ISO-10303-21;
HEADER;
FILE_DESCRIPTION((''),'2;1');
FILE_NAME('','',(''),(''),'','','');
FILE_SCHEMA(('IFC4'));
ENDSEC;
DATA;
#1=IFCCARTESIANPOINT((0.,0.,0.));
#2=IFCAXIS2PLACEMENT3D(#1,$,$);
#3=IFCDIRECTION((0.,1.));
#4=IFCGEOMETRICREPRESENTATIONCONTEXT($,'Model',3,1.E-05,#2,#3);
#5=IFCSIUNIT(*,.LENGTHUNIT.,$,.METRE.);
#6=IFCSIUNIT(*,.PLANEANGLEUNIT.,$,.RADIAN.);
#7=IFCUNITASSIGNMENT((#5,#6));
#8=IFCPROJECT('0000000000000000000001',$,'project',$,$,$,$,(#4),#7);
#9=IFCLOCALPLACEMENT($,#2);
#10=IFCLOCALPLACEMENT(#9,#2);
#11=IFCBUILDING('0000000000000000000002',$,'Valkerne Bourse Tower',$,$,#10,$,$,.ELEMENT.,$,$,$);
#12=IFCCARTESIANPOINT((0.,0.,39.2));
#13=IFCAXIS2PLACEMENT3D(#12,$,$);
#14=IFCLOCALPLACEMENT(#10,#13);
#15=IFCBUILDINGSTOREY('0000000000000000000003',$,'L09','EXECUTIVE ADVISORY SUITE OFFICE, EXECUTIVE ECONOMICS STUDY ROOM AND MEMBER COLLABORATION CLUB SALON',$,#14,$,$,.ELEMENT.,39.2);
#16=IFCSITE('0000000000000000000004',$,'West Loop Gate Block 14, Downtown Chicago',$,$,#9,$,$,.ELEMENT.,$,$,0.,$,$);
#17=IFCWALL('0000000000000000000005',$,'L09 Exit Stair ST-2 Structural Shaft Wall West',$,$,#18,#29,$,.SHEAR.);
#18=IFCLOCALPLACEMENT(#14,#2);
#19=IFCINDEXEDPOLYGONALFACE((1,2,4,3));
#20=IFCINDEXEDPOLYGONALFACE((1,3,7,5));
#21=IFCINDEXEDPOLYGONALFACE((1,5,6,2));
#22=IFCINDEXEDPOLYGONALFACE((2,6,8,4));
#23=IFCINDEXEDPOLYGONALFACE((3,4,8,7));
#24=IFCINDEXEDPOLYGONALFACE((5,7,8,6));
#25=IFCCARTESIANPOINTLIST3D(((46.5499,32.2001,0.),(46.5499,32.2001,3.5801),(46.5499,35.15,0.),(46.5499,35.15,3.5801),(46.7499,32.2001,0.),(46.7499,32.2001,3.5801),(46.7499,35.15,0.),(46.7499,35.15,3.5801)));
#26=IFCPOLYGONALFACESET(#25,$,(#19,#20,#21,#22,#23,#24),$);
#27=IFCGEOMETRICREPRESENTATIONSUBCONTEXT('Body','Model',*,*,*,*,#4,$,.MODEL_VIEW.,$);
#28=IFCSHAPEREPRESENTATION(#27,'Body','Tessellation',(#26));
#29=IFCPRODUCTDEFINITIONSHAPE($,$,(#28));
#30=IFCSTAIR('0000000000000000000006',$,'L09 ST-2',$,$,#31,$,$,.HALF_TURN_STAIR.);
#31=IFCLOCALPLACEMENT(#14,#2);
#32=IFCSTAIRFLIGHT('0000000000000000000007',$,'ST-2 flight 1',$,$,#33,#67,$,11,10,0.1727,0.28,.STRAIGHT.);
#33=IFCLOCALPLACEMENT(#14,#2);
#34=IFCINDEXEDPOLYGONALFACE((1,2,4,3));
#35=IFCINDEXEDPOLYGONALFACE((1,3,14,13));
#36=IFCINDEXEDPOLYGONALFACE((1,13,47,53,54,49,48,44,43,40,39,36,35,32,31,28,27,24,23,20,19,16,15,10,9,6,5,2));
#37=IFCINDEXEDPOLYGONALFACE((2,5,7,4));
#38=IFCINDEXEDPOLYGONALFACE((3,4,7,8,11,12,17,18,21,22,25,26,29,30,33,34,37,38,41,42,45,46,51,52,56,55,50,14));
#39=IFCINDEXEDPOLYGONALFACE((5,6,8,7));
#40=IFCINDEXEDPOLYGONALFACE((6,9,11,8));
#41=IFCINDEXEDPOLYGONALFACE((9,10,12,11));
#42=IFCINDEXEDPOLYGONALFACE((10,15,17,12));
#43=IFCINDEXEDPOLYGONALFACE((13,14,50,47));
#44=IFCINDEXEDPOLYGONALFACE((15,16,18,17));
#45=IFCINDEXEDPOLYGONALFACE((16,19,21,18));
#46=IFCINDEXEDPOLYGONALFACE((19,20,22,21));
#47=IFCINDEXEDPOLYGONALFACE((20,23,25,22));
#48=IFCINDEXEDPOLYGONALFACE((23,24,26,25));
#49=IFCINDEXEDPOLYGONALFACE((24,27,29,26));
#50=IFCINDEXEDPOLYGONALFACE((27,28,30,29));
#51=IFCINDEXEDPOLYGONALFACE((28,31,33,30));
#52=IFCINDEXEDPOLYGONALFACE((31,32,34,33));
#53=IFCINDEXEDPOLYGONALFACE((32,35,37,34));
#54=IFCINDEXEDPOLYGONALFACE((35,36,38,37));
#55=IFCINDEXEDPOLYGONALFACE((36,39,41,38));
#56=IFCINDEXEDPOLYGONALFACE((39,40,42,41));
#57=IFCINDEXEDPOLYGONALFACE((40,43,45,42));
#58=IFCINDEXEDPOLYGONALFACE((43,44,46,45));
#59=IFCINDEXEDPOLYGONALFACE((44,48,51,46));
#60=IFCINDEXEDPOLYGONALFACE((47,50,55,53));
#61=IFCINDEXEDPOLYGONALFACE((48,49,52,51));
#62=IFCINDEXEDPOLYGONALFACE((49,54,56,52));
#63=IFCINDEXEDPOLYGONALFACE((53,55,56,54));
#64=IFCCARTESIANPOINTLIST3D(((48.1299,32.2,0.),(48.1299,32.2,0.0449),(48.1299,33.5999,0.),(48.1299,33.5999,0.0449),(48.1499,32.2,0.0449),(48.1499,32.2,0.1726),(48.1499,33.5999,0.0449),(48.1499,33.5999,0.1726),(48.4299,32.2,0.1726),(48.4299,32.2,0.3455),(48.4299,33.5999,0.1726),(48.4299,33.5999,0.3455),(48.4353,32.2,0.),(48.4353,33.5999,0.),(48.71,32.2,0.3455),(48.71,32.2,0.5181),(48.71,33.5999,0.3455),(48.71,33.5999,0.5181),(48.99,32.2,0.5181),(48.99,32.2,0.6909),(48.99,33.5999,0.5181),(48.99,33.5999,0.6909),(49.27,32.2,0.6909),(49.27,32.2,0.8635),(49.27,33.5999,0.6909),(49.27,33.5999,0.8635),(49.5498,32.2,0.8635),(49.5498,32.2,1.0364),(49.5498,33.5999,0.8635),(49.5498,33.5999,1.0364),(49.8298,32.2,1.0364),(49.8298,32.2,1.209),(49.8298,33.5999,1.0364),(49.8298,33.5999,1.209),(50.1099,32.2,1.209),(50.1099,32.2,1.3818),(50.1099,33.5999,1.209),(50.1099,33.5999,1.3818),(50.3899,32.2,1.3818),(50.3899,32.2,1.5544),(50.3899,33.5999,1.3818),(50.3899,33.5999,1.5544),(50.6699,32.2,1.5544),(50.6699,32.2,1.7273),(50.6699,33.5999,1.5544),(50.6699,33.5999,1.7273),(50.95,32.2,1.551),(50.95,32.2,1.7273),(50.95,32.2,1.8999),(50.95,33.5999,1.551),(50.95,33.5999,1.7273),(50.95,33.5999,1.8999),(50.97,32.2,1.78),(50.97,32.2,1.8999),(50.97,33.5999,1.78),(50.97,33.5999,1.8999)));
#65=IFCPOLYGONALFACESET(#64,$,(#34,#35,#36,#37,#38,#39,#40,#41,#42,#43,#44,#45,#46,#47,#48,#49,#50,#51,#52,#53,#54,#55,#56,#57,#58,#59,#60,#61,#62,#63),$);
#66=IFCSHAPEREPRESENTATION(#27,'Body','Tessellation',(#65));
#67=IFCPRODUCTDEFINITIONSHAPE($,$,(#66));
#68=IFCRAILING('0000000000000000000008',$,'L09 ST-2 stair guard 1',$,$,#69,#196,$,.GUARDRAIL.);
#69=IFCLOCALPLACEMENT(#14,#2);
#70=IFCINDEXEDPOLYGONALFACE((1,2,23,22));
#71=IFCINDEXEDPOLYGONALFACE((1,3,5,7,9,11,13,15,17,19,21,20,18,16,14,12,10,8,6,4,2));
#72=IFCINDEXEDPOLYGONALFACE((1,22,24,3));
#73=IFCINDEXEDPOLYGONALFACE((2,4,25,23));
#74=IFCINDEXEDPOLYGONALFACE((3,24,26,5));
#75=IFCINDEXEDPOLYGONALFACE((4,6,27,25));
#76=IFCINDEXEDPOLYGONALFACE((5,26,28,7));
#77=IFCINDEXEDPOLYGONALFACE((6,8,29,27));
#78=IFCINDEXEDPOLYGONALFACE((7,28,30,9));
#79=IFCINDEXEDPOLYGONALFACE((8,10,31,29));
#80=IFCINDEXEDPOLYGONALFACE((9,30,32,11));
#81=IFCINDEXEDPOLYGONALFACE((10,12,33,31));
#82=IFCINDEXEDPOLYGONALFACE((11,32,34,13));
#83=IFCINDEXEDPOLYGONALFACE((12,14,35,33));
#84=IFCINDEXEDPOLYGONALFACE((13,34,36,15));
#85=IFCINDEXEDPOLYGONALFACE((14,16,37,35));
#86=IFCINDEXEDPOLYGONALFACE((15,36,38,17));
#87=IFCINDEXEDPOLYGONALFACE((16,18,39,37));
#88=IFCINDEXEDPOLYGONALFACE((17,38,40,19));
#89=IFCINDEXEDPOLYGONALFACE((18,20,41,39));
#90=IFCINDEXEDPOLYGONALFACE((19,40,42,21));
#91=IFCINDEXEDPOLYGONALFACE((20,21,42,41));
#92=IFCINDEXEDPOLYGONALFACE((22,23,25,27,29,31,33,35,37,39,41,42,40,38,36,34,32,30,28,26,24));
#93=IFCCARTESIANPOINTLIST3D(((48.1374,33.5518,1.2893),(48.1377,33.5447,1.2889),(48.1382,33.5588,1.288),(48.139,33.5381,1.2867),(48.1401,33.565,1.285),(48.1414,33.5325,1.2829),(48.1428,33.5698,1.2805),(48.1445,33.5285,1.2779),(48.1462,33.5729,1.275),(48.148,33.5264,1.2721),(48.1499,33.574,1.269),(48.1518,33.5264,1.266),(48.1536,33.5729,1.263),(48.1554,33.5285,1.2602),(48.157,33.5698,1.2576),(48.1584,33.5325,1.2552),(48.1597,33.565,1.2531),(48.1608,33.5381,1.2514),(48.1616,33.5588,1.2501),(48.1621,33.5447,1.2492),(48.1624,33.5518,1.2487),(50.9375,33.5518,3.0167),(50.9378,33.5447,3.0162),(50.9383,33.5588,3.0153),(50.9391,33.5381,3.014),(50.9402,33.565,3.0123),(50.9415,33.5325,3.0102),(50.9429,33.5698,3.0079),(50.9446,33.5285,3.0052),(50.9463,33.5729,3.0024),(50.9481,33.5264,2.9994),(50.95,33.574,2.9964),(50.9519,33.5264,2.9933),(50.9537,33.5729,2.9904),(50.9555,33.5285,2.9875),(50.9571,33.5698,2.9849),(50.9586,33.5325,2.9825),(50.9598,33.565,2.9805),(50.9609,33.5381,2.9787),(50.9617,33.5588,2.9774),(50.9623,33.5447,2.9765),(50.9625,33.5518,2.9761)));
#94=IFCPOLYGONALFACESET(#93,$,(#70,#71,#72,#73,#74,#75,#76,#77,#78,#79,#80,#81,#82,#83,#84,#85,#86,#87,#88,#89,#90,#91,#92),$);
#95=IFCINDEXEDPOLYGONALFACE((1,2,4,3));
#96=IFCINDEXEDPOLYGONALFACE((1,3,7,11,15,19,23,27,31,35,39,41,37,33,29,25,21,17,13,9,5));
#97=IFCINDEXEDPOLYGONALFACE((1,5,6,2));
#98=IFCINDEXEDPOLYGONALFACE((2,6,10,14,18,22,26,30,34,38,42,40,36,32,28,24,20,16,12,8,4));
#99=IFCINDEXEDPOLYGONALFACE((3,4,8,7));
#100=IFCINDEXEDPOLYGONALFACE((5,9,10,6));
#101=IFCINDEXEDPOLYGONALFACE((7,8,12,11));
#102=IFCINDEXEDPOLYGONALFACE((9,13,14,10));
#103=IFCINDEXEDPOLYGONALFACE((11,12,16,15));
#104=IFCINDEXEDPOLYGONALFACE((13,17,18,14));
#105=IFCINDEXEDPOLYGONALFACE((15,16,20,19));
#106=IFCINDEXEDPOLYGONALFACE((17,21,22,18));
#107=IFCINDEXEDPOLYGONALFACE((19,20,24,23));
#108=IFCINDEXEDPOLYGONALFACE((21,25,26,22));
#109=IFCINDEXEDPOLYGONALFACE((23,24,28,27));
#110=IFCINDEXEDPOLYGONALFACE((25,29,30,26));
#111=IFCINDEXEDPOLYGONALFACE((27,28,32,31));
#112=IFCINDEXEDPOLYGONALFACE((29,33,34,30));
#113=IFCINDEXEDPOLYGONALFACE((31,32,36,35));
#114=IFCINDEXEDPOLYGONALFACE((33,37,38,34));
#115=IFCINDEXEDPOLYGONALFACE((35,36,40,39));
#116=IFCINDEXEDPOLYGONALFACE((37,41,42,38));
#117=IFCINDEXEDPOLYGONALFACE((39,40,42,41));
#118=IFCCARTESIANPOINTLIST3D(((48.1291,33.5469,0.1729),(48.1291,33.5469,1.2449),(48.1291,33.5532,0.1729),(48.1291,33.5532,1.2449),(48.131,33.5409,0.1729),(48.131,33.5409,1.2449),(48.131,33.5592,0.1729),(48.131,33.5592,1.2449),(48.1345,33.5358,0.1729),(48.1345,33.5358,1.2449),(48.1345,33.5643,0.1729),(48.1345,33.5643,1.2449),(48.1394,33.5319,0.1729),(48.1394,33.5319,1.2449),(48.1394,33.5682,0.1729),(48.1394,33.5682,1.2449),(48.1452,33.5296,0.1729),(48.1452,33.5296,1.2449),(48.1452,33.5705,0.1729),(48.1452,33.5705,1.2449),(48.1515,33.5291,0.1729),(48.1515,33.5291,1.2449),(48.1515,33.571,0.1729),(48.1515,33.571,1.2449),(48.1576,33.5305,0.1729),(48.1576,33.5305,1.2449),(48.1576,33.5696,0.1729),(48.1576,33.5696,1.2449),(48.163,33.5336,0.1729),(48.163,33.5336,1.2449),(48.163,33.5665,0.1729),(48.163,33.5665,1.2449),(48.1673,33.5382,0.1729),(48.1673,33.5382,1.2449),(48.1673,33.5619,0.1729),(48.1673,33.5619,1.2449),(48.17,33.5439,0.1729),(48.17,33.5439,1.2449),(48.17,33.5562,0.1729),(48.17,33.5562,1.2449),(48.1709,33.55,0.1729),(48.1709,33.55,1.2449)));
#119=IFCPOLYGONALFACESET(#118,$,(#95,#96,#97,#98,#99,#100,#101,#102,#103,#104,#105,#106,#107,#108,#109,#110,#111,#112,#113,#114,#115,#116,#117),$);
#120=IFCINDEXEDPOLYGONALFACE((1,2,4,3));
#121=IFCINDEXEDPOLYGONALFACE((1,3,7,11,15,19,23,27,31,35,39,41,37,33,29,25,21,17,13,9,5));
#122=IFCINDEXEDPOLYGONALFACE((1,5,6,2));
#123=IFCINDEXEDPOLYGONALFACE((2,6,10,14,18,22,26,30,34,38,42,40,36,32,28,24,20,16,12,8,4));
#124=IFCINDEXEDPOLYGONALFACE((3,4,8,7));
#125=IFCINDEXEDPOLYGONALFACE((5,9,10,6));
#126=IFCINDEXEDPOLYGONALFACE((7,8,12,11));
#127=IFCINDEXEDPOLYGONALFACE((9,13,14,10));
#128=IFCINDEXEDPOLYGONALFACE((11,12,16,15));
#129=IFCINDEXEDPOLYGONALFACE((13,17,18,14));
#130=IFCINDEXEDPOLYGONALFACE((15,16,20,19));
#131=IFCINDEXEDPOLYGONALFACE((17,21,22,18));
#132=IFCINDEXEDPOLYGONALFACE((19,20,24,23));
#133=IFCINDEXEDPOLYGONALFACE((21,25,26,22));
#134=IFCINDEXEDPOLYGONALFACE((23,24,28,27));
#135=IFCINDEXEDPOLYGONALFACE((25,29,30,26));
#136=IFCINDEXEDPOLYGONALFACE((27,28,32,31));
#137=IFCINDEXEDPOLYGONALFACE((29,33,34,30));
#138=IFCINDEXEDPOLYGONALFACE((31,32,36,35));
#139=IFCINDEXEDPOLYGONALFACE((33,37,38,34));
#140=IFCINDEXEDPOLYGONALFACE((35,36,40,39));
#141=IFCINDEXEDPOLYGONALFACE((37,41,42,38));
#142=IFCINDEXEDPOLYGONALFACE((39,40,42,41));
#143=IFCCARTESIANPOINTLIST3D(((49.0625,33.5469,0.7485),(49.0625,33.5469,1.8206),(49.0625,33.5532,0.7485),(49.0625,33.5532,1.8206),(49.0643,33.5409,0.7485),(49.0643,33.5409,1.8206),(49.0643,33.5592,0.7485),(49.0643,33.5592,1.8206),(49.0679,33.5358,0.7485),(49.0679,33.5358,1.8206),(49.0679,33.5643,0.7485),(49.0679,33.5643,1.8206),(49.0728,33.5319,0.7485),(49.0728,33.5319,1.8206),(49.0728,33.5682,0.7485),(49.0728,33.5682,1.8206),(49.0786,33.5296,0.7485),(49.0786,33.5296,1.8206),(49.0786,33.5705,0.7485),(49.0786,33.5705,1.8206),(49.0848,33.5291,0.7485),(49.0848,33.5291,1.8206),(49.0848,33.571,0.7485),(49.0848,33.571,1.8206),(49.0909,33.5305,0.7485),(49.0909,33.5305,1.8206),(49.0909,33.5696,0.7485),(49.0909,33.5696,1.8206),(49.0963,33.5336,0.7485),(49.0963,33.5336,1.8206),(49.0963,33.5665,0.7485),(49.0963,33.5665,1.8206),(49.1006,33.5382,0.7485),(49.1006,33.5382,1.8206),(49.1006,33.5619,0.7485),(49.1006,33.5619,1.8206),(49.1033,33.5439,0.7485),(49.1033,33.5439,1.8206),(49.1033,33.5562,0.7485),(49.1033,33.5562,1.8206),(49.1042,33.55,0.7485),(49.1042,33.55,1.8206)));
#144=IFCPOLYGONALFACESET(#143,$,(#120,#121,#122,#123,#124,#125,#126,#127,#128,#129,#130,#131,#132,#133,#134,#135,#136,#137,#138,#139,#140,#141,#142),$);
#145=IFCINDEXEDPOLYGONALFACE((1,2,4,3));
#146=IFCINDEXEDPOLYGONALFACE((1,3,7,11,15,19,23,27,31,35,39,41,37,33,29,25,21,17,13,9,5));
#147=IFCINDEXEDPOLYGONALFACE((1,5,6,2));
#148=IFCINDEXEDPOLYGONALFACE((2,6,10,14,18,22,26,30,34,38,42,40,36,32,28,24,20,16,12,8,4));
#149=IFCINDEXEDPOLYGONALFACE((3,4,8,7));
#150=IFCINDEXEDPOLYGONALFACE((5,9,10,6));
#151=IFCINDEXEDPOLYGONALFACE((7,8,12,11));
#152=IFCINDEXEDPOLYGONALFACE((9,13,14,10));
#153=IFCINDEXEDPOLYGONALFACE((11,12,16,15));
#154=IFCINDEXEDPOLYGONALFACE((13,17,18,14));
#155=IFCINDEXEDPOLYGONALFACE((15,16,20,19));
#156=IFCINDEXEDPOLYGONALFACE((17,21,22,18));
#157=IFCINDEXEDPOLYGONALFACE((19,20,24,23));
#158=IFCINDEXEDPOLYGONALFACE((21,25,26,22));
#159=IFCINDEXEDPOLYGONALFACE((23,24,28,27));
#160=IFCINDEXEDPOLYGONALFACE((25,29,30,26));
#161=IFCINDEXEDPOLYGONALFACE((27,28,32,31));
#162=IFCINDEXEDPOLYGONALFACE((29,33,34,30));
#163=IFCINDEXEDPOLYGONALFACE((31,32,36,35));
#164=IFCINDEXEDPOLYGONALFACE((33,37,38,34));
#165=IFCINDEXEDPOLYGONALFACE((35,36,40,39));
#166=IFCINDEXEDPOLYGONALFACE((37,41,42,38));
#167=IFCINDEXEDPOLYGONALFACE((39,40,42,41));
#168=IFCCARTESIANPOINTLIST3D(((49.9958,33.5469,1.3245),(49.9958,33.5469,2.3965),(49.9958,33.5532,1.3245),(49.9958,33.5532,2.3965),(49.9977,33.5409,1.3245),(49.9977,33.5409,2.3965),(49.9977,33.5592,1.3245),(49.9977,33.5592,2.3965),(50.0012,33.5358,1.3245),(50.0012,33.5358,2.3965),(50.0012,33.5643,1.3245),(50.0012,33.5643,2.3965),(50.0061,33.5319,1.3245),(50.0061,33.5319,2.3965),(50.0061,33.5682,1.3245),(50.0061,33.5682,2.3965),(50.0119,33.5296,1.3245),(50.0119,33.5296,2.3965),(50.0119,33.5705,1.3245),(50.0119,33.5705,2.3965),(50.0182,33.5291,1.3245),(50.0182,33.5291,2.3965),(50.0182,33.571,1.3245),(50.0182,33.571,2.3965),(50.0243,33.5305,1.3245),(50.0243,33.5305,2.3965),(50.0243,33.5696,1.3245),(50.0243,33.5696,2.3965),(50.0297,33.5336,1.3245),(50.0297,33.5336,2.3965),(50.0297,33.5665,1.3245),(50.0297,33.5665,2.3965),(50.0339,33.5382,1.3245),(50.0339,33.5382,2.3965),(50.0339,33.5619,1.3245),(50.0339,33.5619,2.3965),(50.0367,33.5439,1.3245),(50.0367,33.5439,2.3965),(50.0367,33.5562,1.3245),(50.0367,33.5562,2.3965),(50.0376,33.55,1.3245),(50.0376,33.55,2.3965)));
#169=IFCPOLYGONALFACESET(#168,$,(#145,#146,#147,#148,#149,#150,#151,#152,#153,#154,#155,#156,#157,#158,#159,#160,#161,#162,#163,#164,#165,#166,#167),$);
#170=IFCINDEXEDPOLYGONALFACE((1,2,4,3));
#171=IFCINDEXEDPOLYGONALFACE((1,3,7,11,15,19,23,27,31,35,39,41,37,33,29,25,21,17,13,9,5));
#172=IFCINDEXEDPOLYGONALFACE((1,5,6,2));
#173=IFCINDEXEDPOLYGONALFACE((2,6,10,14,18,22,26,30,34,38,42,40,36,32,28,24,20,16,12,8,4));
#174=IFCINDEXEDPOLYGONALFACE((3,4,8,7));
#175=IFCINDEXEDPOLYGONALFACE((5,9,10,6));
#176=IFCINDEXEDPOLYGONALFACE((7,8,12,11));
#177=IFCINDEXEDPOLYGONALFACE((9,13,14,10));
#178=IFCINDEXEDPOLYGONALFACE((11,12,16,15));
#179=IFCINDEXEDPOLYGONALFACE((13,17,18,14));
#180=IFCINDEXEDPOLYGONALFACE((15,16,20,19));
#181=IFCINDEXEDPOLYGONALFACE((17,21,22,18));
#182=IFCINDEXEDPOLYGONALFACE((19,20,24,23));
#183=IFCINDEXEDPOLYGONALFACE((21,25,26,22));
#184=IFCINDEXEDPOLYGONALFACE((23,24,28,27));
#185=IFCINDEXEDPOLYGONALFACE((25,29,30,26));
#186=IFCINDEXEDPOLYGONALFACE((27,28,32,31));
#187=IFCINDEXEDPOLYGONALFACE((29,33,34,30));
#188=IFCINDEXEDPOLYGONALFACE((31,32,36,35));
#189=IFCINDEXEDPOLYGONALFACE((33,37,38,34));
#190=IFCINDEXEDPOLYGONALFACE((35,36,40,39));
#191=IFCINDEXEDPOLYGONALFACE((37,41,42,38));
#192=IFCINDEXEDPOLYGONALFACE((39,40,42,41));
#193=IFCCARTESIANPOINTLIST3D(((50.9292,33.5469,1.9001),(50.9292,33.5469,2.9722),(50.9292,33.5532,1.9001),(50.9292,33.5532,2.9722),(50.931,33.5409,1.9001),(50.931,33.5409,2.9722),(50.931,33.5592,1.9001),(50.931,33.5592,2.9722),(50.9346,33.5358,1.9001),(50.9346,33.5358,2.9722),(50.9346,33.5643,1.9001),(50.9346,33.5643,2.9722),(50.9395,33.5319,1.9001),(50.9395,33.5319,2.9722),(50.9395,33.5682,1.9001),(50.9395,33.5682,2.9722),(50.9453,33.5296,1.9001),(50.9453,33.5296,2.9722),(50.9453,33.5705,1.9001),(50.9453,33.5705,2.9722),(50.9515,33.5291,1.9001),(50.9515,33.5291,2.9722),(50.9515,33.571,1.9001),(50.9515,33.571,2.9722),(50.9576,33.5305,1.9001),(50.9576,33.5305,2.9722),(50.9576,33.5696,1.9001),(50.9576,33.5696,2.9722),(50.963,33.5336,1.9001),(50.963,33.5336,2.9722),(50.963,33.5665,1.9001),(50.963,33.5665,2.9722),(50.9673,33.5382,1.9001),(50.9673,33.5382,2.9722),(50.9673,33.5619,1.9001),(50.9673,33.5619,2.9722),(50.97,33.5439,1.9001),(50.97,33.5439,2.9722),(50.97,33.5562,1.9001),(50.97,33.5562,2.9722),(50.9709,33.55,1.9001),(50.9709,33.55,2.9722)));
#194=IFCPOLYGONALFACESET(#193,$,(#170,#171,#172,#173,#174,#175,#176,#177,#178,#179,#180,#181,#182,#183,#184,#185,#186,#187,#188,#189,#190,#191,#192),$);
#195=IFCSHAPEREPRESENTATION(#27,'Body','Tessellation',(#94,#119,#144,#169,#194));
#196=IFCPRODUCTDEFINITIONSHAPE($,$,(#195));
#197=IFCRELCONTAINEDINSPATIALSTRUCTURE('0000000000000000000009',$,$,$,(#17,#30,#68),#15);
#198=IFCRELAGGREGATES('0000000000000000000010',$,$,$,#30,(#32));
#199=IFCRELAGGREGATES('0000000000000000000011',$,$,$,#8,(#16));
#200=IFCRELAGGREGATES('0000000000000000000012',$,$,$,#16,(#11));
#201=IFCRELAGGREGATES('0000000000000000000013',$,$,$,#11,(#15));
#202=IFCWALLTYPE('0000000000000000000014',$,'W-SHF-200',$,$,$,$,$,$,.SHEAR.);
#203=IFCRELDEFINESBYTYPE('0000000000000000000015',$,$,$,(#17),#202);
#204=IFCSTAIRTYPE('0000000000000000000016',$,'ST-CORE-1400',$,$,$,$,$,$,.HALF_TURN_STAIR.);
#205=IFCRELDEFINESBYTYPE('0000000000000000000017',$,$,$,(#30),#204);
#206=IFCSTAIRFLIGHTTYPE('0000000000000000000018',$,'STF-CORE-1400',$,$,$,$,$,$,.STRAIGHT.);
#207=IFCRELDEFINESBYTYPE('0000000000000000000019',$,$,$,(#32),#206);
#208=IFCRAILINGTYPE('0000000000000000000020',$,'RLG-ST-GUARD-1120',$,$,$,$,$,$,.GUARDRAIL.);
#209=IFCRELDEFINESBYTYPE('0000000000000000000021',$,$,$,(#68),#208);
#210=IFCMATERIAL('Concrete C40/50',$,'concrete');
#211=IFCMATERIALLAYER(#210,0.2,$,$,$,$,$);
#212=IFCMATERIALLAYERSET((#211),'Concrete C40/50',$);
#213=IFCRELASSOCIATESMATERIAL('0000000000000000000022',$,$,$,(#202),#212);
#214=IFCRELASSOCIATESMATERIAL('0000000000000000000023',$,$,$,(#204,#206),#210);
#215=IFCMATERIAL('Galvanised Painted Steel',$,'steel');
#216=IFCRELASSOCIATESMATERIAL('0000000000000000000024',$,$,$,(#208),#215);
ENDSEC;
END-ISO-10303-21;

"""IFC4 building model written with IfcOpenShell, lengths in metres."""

from ifc_helpers import new_model, si_unit, direction, frame, frame_2d, origin, origin_2d, place, context, subcontext, project, spatial, polyline, rectangle, circle, outline, extrude, material, layer, layer_set, type_object, element, aggregate, save


model = new_model("IFC4")

# Units and contexts
model_context = context("Model", 3, precision=1e-05, world=origin(), true_north=direction((0.0, 1.0)))
body_context = subcontext(model_context, "Body", "Model", "MODEL_VIEW")
ifc_project = project(units=[si_unit("LENGTHUNIT", "METRE"), si_unit("PLANEANGLEUNIT", "RADIAN")], contexts=[model_context])

# Site, building, storey
site_placement = place(None, origin())
site = spatial("IfcSite", under=ifc_project, at=site_placement, Name="West Loop Gate Block 14, Downtown Chicago", CompositionType="ELEMENT", RefElevation=0.0)
building_placement = place(site_placement, origin())
building = spatial("IfcBuilding", under=site, at=building_placement, Name="Valkerne Bourse Tower", CompositionType="ELEMENT")
storey_placement = place(building_placement, frame((0.0, 0.0, 39.2)))
storey = spatial("IfcBuildingStorey", under=building, at=storey_placement, Name="L09", Description="EXECUTIVE ADVISORY SUITE OFFICE, EXECUTIVE ECONOMICS STUDY ROOM AND MEMBER COLLABORATION CLUB SALON", CompositionType="ELEMENT", Elevation=39.2)

# Shared definitions
ifc_material_1 = material(Name="Galvanised Painted Steel", Category="steel")

# Shared definitions
ifc_material_2 = material(Name="Concrete C40/50", Category="concrete")
ifc_layer_1 = layer(ifc_material_2, 0.2)
ifc_layer_set_1 = layer_set([ifc_layer_1], Name="Concrete C40/50")
wall_type_1 = type_object("IfcWallType", Name="W-SHF-200", PredefinedType="SHEAR", material=ifc_layer_set_1)

# Wall
wall_1_placement = place(storey_placement, frame((46.6499, 32.2, 0.0), z_axis=(0.0, 0.0, 1.0), x_axis=(0.0, 1.0, 0.0)))
element("IfcWall", 1, at=wall_1_placement, inside=storey, type_object=wall_type_1, Name="L09 Exit Stair ST-2 Structural Shaft Wall West", PredefinedType="SHEAR", context=body_context, shape_type="SweptSolid", body=[
    extrude(rectangle(XDim=2.95, YDim=0.2, at=frame_2d((1.4751, 0.0))), origin(), (0.0, 0.0, 1.0), 3.5801),
])

# Stair, stair flight
stair_type = type_object("IfcStairType", Name="ST-CORE-1400", PredefinedType="HALF_TURN_STAIR", material=ifc_material_2)
stair_placement = place(storey_placement, origin())
stair = element("IfcStair", 2, at=stair_placement, inside=storey, type_object=stair_type, Name="L09 ST-2", PredefinedType="HALF_TURN_STAIR")
stair_flight_type = type_object("IfcStairFlightType", Name="STF-CORE-1400", PredefinedType="STRAIGHT", material=ifc_material_2)
stair_flight_placement = place(storey_placement, frame((48.1499, 32.8999, 0.0), z_axis=(0.0, 0.0, 1.0), x_axis=(1.0, 0.0, 0.0)))
stair_flight = element("IfcStairFlight", 3, at=stair_flight_placement, type_object=stair_flight_type, Name="ST-2 flight 1", NumberOfRisers=11, NumberOfTreads=10, PredefinedType="STRAIGHT", RiserHeight=0.1727, TreadLength=0.28, context=body_context, shape_type="SweptSolid", body=[
    extrude(outline(polyline([(-0.02, 0.0), (-0.02, 0.0449), (0.0, 0.0449), (0.0, 0.1726), (0.28, 0.1726), (0.28, 0.3455), (0.5601, 0.3455), (0.5601, 0.5181), (0.8401, 0.5181), (0.8401, 0.6909), (1.1201, 0.6909), (1.1201, 0.8635), (1.3999, 0.8635), (1.3999, 1.0364), (1.6799, 1.0364), (1.6799, 1.209), (1.96, 1.209), (1.96, 1.3818), (2.24, 1.3818), (2.24, 1.5544), (2.52, 1.5544), (2.52, 1.7273), (2.8, 1.7273), (2.8, 1.8999), (2.8201, 1.8999), (2.8201, 1.78), (2.8, 1.551), (0.2854, 0.0), (-0.02, 0.0)])), frame((0.0, 0.7, 0.0), z_axis=(0.0, -1.0, 0.0), x_axis=(1.0, 0.0, 0.0)), (0.0, 0.0, 1.0), 1.3999),
])
aggregate(stair, [stair_flight])

# Railing
railing_type_1 = type_object("IfcRailingType", Name="RLG-ST-GUARD-1120", PredefinedType="GUARDRAIL", material=ifc_material_1)
railing_1_placement = place(storey_placement, frame((48.1499, 33.55, 0.1729)))
element("IfcRailing", 4, at=railing_1_placement, inside=storey, type_object=railing_type_1, Name="L09 ST-2 stair guard 1", PredefinedType="GUARDRAIL", context=body_context, shape_type="SweptSolid", body=[
    extrude(circle(Radius=0.0239, at=origin_2d()), frame((0.0, 0.0, 1.0962), z_axis=(0.85109, 0.0, 0.52502), x_axis=(0.0, 1.0, 0.0)), (0.0, 0.0, 1.0), 3.29),
    extrude(circle(Radius=0.021, at=origin_2d()), origin(), (0.0, 0.0, 1.0), 1.072),
    extrude(circle(Radius=0.021, at=origin_2d()), frame((0.9333, 0.0, 0.5757)), (0.0, 0.0, 1.0), 1.072),
    extrude(circle(Radius=0.021, at=origin_2d()), frame((1.8667, 0.0, 1.1516)), (0.0, 0.0, 1.0), 1.072),
    extrude(circle(Radius=0.021, at=origin_2d()), frame((2.8, 0.0, 1.7273)), (0.0, 0.0, 1.0), 1.072),
])

save(model, "model.ifc")
